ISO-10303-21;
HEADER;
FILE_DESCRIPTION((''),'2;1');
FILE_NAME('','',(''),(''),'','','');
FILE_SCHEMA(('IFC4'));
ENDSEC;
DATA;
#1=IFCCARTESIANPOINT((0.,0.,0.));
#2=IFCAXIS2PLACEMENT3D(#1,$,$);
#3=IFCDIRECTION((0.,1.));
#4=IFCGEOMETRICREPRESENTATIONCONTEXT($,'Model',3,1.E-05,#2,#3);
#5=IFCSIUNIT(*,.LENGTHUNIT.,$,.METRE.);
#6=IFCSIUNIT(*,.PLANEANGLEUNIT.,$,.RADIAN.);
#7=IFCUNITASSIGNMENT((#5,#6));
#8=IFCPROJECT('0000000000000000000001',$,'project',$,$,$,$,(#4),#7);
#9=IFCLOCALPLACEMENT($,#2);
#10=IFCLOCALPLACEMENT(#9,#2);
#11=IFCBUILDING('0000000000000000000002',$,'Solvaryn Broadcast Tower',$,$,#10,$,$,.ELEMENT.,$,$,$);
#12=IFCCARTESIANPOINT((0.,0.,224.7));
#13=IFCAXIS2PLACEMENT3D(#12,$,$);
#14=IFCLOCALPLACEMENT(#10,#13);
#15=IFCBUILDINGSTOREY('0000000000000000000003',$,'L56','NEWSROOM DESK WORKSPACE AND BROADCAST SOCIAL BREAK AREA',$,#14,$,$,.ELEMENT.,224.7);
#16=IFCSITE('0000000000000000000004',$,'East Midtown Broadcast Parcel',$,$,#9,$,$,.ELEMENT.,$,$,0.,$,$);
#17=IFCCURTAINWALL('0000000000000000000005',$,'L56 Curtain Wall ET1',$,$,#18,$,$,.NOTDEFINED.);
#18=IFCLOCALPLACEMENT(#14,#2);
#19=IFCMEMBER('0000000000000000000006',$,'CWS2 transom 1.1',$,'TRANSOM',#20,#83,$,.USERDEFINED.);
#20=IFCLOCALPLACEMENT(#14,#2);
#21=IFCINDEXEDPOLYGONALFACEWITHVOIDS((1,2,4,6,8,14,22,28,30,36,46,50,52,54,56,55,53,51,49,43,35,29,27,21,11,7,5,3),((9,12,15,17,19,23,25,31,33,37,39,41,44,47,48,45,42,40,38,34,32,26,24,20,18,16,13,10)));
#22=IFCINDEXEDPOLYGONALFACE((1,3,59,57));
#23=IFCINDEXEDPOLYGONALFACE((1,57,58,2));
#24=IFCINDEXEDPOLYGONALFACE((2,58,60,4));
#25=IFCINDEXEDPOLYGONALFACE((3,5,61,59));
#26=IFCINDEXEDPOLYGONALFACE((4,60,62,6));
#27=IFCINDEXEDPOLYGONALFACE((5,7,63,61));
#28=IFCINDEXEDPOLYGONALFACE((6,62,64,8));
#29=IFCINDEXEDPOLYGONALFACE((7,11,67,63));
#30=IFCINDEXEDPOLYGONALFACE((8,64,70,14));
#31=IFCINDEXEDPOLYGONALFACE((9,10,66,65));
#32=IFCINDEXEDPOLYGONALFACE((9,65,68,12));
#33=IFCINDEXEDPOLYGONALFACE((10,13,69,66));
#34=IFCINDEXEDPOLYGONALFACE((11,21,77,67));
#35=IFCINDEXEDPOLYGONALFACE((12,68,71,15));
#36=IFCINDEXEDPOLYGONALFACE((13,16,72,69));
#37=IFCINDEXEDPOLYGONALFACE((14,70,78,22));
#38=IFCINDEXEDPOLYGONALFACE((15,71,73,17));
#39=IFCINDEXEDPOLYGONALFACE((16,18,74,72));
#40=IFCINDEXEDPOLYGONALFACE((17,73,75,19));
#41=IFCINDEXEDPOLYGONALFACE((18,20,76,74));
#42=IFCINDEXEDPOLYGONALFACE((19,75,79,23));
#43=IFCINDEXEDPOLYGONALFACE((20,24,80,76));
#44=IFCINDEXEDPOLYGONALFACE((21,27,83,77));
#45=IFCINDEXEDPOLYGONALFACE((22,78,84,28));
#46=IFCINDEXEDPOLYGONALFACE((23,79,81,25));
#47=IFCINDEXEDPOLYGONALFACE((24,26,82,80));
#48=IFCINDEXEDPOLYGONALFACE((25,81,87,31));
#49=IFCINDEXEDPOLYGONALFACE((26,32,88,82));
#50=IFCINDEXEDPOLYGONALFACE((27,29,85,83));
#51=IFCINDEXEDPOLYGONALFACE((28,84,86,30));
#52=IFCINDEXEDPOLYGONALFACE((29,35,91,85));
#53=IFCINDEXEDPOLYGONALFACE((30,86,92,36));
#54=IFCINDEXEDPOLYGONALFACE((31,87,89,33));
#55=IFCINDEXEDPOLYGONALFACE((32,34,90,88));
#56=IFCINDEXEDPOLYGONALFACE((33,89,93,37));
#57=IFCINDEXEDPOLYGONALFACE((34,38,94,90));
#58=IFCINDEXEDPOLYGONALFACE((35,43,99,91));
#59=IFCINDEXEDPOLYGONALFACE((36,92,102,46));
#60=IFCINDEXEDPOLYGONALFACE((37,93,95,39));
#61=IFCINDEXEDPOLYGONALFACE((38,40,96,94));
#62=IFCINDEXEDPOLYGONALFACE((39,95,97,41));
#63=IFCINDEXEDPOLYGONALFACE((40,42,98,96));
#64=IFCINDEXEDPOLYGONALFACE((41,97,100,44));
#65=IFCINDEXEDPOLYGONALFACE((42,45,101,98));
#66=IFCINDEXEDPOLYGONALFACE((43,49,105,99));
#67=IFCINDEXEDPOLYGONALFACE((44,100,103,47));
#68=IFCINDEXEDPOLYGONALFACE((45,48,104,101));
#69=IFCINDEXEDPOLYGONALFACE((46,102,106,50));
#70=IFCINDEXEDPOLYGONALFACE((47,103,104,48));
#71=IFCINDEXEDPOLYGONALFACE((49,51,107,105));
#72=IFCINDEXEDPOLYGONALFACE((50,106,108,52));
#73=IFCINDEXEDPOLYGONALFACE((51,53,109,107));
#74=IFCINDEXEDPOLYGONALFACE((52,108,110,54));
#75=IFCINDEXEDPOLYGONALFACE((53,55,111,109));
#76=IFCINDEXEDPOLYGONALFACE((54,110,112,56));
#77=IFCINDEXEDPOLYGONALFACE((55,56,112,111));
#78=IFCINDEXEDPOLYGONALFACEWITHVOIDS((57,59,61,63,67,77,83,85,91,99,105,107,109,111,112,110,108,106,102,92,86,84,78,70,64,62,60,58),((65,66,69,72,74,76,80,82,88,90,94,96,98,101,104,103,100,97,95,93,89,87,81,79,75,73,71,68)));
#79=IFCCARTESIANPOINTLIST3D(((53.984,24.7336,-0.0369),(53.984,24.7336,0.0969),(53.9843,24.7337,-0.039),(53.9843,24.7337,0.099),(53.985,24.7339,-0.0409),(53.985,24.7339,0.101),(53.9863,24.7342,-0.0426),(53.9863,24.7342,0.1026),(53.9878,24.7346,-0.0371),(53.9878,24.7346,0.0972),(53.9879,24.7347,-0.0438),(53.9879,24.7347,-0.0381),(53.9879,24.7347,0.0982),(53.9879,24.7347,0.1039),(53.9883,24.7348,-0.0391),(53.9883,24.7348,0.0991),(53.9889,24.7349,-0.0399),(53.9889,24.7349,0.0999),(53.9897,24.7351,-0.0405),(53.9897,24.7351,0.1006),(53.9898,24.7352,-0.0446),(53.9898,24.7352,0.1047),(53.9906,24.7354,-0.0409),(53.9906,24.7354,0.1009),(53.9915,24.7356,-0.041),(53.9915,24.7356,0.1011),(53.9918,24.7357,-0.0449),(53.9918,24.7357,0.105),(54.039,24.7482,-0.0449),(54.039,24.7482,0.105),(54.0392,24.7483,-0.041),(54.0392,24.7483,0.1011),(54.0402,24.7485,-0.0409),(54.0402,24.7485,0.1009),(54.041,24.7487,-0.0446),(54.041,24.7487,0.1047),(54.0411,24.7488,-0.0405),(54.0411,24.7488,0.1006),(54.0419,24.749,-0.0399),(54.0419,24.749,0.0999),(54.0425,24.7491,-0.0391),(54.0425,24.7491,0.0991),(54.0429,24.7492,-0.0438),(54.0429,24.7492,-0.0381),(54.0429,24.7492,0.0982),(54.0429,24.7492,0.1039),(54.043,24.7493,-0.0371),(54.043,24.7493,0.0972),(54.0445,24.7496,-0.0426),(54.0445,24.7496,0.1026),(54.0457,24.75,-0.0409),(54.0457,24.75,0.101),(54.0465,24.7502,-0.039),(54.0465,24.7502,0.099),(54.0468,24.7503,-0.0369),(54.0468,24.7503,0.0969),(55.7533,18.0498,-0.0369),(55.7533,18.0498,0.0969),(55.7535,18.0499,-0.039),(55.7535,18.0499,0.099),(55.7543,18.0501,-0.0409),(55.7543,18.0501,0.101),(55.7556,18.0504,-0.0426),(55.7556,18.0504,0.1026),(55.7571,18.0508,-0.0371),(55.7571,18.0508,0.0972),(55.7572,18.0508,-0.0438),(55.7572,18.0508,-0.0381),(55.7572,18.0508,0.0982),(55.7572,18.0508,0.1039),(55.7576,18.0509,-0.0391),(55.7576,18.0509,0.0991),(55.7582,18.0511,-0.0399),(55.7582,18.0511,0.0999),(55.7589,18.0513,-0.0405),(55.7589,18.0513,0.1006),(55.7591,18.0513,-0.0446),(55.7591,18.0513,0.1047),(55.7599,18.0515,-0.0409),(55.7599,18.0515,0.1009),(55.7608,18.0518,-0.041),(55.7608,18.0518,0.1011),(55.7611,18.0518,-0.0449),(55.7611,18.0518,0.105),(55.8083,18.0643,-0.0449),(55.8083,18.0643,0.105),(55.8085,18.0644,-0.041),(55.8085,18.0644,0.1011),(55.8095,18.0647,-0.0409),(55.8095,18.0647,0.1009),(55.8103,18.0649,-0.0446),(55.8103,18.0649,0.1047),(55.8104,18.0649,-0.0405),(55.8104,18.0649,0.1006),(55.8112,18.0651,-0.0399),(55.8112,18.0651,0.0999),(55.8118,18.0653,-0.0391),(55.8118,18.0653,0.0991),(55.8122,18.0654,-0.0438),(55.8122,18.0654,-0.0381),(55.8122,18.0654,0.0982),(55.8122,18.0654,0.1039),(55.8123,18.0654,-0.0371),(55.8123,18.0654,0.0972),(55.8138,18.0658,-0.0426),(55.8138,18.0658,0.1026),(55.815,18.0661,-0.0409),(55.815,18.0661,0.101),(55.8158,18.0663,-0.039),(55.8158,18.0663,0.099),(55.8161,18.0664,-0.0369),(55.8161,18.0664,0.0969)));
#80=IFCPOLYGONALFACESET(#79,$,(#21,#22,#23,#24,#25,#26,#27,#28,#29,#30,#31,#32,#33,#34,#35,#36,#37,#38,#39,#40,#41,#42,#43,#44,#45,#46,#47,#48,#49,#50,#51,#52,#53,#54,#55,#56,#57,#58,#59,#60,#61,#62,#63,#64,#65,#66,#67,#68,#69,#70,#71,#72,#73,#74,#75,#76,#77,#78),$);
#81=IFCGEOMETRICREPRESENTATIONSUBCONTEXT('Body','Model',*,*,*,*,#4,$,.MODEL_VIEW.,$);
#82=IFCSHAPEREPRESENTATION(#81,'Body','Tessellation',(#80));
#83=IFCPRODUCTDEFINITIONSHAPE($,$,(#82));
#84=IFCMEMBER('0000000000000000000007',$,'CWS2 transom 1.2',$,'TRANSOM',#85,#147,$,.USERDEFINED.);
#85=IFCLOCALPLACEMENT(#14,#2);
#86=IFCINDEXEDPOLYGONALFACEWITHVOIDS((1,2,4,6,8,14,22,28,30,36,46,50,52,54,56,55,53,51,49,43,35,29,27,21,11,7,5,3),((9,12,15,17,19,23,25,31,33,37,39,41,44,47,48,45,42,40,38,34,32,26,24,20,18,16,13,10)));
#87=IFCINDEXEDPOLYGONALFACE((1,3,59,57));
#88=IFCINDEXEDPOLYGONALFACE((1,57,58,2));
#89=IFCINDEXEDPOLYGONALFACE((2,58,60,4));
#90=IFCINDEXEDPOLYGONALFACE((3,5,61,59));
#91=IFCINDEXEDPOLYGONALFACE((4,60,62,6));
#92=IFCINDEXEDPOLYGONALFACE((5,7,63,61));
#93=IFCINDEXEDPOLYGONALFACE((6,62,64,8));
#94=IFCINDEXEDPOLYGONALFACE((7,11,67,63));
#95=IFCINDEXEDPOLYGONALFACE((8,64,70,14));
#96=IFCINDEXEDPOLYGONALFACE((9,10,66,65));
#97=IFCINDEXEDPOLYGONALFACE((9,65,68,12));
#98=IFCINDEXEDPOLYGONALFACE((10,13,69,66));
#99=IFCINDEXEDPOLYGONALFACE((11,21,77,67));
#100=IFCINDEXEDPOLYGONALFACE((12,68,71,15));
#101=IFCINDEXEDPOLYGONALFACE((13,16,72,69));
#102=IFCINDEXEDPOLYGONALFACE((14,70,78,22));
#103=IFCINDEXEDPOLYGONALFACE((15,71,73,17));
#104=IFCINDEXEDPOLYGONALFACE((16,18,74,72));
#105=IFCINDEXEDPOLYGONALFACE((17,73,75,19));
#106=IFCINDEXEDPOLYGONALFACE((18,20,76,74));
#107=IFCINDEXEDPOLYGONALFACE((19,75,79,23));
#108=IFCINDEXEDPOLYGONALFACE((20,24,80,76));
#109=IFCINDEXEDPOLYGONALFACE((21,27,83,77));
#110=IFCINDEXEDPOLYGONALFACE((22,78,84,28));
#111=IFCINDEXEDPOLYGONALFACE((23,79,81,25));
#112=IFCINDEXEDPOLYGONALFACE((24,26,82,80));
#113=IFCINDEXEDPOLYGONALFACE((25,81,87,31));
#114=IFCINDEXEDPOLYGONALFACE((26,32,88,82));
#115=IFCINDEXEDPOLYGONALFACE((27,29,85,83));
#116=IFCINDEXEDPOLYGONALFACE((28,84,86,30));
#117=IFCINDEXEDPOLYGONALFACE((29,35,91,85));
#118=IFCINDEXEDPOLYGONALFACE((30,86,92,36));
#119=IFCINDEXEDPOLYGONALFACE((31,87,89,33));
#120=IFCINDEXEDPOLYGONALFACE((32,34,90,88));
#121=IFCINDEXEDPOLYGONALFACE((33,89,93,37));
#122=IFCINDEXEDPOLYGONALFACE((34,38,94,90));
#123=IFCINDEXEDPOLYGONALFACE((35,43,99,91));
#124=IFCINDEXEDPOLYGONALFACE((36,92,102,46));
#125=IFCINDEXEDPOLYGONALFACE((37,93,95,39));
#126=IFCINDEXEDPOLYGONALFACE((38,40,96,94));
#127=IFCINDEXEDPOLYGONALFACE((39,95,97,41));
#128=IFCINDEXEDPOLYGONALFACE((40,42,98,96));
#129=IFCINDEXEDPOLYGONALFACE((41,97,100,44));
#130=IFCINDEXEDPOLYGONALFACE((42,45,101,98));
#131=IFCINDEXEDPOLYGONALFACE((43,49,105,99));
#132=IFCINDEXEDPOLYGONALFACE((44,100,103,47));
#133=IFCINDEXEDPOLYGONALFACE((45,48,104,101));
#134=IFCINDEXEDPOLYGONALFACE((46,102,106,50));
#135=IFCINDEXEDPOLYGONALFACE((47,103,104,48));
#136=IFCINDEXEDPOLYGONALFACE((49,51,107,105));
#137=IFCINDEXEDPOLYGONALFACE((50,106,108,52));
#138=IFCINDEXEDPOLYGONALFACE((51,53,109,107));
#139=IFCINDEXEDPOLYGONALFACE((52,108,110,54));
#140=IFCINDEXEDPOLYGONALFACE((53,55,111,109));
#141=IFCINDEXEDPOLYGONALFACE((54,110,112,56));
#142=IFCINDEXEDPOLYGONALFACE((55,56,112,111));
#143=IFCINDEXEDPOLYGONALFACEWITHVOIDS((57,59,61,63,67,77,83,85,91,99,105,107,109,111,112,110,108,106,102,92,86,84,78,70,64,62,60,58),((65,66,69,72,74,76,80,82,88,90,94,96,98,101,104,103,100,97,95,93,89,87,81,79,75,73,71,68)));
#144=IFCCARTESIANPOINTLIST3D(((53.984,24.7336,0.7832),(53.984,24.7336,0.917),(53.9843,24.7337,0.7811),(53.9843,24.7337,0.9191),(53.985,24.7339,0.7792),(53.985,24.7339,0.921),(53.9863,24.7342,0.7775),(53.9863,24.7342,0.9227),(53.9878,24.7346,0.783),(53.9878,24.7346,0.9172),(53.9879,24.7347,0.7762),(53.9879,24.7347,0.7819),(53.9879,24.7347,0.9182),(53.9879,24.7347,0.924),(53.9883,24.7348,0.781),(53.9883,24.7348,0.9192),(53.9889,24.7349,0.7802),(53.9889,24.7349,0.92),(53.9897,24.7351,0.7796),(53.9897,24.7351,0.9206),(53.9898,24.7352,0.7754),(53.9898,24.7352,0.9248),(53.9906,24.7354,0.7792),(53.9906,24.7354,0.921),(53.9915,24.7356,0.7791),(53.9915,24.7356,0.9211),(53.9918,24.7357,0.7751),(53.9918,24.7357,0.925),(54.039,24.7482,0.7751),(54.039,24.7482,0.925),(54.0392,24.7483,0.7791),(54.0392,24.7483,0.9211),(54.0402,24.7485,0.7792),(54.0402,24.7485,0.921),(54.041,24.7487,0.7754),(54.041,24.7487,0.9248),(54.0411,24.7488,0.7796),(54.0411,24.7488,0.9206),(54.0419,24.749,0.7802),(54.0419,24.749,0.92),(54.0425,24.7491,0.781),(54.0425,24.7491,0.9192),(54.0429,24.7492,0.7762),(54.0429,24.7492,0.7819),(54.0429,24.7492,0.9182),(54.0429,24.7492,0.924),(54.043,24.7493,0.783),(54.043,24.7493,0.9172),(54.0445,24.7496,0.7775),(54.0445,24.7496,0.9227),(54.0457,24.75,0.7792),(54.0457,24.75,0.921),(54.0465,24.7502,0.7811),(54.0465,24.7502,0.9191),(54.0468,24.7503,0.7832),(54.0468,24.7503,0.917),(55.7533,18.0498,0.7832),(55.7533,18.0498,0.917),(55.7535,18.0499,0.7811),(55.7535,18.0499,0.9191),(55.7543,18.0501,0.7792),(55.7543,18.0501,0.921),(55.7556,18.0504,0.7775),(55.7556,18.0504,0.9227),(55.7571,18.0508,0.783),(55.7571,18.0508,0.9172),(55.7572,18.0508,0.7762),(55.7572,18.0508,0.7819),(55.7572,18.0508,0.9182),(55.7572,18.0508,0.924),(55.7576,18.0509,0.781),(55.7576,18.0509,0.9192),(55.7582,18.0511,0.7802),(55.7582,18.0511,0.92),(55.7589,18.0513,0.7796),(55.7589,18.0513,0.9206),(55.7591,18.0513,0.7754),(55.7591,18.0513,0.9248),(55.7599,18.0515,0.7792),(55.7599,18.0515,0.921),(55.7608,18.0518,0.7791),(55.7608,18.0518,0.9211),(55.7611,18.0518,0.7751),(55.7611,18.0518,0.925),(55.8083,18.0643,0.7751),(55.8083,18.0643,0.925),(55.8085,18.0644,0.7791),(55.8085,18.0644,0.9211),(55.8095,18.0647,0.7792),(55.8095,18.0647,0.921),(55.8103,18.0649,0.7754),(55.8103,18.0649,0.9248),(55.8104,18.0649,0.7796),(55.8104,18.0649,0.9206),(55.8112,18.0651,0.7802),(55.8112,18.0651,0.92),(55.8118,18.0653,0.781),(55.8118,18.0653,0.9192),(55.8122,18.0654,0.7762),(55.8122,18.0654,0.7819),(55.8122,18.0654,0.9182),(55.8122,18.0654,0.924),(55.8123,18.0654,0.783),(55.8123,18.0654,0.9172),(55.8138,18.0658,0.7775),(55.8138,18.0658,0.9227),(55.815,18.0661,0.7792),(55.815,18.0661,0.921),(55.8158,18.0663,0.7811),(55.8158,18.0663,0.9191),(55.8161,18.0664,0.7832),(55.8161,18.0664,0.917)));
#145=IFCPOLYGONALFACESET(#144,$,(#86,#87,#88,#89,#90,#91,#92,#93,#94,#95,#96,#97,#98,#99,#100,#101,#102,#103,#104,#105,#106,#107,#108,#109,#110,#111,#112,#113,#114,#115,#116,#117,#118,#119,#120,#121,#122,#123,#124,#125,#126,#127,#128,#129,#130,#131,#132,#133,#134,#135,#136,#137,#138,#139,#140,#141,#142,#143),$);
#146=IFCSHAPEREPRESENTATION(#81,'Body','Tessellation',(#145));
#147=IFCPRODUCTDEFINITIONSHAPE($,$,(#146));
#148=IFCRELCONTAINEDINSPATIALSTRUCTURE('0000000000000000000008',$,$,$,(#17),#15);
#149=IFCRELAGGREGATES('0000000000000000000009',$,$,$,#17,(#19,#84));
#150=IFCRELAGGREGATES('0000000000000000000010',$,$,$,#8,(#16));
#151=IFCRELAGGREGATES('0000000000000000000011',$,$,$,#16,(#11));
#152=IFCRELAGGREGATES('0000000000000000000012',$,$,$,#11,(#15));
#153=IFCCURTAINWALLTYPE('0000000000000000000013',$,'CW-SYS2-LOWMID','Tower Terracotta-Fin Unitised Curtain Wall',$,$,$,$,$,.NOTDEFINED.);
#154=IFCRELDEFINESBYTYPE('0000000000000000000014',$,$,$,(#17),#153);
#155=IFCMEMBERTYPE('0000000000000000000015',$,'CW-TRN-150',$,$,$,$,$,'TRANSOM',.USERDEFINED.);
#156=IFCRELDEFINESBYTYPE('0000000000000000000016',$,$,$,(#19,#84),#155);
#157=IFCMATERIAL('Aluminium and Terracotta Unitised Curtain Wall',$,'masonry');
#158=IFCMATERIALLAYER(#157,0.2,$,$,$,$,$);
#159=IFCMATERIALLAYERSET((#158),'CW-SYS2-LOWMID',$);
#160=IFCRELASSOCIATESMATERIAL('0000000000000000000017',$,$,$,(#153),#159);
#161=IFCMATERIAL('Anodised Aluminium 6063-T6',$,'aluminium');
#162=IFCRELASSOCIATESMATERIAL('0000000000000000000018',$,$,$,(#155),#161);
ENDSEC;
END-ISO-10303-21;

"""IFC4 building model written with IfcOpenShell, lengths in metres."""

from ifc_helpers import new_model, si_unit, direction, frame, origin, origin_2d, place, context, subcontext, project, spatial, hollow_rectangle, extrude, material, layer, layer_set, material_profile, profile_set, type_object, element, aggregate, save


model = new_model("IFC4")

# Units and contexts
model_context = context("Model", 3, precision=1e-05, world=origin(), true_north=direction((0.0, 1.0)))
body_context = subcontext(model_context, "Body", "Model", "MODEL_VIEW")
ifc_project = project(units=[si_unit("LENGTHUNIT", "METRE"), si_unit("PLANEANGLEUNIT", "RADIAN")], contexts=[model_context])

# Site, building, storey
site_placement = place(None, origin())
site = spatial("IfcSite", under=ifc_project, at=site_placement, Name="East Midtown Broadcast Parcel", CompositionType="ELEMENT", RefElevation=0.0)
building_placement = place(site_placement, origin())
building = spatial("IfcBuilding", under=site, at=building_placement, Name="Solvaryn Broadcast Tower", CompositionType="ELEMENT")
storey_placement = place(building_placement, frame((0.0, 0.0, 224.7)))
storey = spatial("IfcBuildingStorey", under=building, at=storey_placement, Name="L56", Description="NEWSROOM DESK WORKSPACE AND BROADCAST SOCIAL BREAK AREA", CompositionType="ELEMENT", Elevation=224.7)

# Curtain wall
ifc_material_1 = material(Name="Aluminium and Terracotta Unitised Curtain Wall", Category="masonry")
ifc_layer_1 = layer(ifc_material_1, 0.2)
ifc_layer_set_1 = layer_set([ifc_layer_1], Name="CW-SYS2-LOWMID")
curtain_wall_type = type_object("IfcCurtainWallType", Name="CW-SYS2-LOWMID", Description="Tower Terracotta-Fin Unitised Curtain Wall", PredefinedType="NOTDEFINED", material=ifc_layer_set_1)
curtain_wall_1_placement = place(storey_placement, origin())
curtain_wall_1 = element("IfcCurtainWall", 1, at=curtain_wall_1_placement, inside=storey, type_object=curtain_wall_type, Name="L56 Curtain Wall ET1", PredefinedType="NOTDEFINED")

# Members
ifc_material_2 = material(Name="Anodised Aluminium 6063-T6", Category="aluminium")
ifc_material_profile_1 = material_profile(ifc_material_2, hollow_rectangle(XDim=0.0649, YDim=0.1499, WallThickness=0.0039, InnerFilletRadius=0.0039, OuterFilletRadius=0.0081, at=origin_2d()))
ifc_profile_set_1 = profile_set([ifc_material_profile_1], Name="Anodised Aluminium 6063-T6")
member_type_1 = type_object("IfcMemberType", Name="CW-TRN-150", ElementType="TRANSOM", PredefinedType="USERDEFINED", material=ifc_profile_set_1)
member_1_placement = place(storey_placement, frame((54.0154, 24.7419, 0.03), z_axis=(0.255897, -0.966704, 0.0), x_axis=(0.966704, 0.255897, 0.0)))
member_1 = element("IfcMember", 2, at=member_1_placement, type_object=member_type_1, Name="CWS2 transom 1.1", ObjectType="TRANSOM", PredefinedType="USERDEFINED", context=body_context, shape_type="SweptSolid", body=[
    extrude(hollow_rectangle(XDim=0.0649, YDim=0.1499, WallThickness=0.0039, InnerFilletRadius=0.0039, OuterFilletRadius=0.0081, at=origin_2d()), origin(), (0.0, 0.0, 1.0), 6.9141),
])
member_2_placement = place(storey_placement, frame((54.0154, 24.7419, 0.8501), z_axis=(0.255897, -0.966704, 0.0), x_axis=(0.966704, 0.255897, 0.0)))
member_2 = element("IfcMember", 3, at=member_2_placement, type_object=member_type_1, Name="CWS2 transom 1.2", ObjectType="TRANSOM", PredefinedType="USERDEFINED", context=body_context, shape_type="SweptSolid", body=[
    extrude(hollow_rectangle(XDim=0.0649, YDim=0.1499, WallThickness=0.0039, InnerFilletRadius=0.0039, OuterFilletRadius=0.0081, at=origin_2d()), origin(), (0.0, 0.0, 1.0), 6.9141),
])

aggregate(curtain_wall_1, [member_1, member_2])

save(model, "model.ifc")
